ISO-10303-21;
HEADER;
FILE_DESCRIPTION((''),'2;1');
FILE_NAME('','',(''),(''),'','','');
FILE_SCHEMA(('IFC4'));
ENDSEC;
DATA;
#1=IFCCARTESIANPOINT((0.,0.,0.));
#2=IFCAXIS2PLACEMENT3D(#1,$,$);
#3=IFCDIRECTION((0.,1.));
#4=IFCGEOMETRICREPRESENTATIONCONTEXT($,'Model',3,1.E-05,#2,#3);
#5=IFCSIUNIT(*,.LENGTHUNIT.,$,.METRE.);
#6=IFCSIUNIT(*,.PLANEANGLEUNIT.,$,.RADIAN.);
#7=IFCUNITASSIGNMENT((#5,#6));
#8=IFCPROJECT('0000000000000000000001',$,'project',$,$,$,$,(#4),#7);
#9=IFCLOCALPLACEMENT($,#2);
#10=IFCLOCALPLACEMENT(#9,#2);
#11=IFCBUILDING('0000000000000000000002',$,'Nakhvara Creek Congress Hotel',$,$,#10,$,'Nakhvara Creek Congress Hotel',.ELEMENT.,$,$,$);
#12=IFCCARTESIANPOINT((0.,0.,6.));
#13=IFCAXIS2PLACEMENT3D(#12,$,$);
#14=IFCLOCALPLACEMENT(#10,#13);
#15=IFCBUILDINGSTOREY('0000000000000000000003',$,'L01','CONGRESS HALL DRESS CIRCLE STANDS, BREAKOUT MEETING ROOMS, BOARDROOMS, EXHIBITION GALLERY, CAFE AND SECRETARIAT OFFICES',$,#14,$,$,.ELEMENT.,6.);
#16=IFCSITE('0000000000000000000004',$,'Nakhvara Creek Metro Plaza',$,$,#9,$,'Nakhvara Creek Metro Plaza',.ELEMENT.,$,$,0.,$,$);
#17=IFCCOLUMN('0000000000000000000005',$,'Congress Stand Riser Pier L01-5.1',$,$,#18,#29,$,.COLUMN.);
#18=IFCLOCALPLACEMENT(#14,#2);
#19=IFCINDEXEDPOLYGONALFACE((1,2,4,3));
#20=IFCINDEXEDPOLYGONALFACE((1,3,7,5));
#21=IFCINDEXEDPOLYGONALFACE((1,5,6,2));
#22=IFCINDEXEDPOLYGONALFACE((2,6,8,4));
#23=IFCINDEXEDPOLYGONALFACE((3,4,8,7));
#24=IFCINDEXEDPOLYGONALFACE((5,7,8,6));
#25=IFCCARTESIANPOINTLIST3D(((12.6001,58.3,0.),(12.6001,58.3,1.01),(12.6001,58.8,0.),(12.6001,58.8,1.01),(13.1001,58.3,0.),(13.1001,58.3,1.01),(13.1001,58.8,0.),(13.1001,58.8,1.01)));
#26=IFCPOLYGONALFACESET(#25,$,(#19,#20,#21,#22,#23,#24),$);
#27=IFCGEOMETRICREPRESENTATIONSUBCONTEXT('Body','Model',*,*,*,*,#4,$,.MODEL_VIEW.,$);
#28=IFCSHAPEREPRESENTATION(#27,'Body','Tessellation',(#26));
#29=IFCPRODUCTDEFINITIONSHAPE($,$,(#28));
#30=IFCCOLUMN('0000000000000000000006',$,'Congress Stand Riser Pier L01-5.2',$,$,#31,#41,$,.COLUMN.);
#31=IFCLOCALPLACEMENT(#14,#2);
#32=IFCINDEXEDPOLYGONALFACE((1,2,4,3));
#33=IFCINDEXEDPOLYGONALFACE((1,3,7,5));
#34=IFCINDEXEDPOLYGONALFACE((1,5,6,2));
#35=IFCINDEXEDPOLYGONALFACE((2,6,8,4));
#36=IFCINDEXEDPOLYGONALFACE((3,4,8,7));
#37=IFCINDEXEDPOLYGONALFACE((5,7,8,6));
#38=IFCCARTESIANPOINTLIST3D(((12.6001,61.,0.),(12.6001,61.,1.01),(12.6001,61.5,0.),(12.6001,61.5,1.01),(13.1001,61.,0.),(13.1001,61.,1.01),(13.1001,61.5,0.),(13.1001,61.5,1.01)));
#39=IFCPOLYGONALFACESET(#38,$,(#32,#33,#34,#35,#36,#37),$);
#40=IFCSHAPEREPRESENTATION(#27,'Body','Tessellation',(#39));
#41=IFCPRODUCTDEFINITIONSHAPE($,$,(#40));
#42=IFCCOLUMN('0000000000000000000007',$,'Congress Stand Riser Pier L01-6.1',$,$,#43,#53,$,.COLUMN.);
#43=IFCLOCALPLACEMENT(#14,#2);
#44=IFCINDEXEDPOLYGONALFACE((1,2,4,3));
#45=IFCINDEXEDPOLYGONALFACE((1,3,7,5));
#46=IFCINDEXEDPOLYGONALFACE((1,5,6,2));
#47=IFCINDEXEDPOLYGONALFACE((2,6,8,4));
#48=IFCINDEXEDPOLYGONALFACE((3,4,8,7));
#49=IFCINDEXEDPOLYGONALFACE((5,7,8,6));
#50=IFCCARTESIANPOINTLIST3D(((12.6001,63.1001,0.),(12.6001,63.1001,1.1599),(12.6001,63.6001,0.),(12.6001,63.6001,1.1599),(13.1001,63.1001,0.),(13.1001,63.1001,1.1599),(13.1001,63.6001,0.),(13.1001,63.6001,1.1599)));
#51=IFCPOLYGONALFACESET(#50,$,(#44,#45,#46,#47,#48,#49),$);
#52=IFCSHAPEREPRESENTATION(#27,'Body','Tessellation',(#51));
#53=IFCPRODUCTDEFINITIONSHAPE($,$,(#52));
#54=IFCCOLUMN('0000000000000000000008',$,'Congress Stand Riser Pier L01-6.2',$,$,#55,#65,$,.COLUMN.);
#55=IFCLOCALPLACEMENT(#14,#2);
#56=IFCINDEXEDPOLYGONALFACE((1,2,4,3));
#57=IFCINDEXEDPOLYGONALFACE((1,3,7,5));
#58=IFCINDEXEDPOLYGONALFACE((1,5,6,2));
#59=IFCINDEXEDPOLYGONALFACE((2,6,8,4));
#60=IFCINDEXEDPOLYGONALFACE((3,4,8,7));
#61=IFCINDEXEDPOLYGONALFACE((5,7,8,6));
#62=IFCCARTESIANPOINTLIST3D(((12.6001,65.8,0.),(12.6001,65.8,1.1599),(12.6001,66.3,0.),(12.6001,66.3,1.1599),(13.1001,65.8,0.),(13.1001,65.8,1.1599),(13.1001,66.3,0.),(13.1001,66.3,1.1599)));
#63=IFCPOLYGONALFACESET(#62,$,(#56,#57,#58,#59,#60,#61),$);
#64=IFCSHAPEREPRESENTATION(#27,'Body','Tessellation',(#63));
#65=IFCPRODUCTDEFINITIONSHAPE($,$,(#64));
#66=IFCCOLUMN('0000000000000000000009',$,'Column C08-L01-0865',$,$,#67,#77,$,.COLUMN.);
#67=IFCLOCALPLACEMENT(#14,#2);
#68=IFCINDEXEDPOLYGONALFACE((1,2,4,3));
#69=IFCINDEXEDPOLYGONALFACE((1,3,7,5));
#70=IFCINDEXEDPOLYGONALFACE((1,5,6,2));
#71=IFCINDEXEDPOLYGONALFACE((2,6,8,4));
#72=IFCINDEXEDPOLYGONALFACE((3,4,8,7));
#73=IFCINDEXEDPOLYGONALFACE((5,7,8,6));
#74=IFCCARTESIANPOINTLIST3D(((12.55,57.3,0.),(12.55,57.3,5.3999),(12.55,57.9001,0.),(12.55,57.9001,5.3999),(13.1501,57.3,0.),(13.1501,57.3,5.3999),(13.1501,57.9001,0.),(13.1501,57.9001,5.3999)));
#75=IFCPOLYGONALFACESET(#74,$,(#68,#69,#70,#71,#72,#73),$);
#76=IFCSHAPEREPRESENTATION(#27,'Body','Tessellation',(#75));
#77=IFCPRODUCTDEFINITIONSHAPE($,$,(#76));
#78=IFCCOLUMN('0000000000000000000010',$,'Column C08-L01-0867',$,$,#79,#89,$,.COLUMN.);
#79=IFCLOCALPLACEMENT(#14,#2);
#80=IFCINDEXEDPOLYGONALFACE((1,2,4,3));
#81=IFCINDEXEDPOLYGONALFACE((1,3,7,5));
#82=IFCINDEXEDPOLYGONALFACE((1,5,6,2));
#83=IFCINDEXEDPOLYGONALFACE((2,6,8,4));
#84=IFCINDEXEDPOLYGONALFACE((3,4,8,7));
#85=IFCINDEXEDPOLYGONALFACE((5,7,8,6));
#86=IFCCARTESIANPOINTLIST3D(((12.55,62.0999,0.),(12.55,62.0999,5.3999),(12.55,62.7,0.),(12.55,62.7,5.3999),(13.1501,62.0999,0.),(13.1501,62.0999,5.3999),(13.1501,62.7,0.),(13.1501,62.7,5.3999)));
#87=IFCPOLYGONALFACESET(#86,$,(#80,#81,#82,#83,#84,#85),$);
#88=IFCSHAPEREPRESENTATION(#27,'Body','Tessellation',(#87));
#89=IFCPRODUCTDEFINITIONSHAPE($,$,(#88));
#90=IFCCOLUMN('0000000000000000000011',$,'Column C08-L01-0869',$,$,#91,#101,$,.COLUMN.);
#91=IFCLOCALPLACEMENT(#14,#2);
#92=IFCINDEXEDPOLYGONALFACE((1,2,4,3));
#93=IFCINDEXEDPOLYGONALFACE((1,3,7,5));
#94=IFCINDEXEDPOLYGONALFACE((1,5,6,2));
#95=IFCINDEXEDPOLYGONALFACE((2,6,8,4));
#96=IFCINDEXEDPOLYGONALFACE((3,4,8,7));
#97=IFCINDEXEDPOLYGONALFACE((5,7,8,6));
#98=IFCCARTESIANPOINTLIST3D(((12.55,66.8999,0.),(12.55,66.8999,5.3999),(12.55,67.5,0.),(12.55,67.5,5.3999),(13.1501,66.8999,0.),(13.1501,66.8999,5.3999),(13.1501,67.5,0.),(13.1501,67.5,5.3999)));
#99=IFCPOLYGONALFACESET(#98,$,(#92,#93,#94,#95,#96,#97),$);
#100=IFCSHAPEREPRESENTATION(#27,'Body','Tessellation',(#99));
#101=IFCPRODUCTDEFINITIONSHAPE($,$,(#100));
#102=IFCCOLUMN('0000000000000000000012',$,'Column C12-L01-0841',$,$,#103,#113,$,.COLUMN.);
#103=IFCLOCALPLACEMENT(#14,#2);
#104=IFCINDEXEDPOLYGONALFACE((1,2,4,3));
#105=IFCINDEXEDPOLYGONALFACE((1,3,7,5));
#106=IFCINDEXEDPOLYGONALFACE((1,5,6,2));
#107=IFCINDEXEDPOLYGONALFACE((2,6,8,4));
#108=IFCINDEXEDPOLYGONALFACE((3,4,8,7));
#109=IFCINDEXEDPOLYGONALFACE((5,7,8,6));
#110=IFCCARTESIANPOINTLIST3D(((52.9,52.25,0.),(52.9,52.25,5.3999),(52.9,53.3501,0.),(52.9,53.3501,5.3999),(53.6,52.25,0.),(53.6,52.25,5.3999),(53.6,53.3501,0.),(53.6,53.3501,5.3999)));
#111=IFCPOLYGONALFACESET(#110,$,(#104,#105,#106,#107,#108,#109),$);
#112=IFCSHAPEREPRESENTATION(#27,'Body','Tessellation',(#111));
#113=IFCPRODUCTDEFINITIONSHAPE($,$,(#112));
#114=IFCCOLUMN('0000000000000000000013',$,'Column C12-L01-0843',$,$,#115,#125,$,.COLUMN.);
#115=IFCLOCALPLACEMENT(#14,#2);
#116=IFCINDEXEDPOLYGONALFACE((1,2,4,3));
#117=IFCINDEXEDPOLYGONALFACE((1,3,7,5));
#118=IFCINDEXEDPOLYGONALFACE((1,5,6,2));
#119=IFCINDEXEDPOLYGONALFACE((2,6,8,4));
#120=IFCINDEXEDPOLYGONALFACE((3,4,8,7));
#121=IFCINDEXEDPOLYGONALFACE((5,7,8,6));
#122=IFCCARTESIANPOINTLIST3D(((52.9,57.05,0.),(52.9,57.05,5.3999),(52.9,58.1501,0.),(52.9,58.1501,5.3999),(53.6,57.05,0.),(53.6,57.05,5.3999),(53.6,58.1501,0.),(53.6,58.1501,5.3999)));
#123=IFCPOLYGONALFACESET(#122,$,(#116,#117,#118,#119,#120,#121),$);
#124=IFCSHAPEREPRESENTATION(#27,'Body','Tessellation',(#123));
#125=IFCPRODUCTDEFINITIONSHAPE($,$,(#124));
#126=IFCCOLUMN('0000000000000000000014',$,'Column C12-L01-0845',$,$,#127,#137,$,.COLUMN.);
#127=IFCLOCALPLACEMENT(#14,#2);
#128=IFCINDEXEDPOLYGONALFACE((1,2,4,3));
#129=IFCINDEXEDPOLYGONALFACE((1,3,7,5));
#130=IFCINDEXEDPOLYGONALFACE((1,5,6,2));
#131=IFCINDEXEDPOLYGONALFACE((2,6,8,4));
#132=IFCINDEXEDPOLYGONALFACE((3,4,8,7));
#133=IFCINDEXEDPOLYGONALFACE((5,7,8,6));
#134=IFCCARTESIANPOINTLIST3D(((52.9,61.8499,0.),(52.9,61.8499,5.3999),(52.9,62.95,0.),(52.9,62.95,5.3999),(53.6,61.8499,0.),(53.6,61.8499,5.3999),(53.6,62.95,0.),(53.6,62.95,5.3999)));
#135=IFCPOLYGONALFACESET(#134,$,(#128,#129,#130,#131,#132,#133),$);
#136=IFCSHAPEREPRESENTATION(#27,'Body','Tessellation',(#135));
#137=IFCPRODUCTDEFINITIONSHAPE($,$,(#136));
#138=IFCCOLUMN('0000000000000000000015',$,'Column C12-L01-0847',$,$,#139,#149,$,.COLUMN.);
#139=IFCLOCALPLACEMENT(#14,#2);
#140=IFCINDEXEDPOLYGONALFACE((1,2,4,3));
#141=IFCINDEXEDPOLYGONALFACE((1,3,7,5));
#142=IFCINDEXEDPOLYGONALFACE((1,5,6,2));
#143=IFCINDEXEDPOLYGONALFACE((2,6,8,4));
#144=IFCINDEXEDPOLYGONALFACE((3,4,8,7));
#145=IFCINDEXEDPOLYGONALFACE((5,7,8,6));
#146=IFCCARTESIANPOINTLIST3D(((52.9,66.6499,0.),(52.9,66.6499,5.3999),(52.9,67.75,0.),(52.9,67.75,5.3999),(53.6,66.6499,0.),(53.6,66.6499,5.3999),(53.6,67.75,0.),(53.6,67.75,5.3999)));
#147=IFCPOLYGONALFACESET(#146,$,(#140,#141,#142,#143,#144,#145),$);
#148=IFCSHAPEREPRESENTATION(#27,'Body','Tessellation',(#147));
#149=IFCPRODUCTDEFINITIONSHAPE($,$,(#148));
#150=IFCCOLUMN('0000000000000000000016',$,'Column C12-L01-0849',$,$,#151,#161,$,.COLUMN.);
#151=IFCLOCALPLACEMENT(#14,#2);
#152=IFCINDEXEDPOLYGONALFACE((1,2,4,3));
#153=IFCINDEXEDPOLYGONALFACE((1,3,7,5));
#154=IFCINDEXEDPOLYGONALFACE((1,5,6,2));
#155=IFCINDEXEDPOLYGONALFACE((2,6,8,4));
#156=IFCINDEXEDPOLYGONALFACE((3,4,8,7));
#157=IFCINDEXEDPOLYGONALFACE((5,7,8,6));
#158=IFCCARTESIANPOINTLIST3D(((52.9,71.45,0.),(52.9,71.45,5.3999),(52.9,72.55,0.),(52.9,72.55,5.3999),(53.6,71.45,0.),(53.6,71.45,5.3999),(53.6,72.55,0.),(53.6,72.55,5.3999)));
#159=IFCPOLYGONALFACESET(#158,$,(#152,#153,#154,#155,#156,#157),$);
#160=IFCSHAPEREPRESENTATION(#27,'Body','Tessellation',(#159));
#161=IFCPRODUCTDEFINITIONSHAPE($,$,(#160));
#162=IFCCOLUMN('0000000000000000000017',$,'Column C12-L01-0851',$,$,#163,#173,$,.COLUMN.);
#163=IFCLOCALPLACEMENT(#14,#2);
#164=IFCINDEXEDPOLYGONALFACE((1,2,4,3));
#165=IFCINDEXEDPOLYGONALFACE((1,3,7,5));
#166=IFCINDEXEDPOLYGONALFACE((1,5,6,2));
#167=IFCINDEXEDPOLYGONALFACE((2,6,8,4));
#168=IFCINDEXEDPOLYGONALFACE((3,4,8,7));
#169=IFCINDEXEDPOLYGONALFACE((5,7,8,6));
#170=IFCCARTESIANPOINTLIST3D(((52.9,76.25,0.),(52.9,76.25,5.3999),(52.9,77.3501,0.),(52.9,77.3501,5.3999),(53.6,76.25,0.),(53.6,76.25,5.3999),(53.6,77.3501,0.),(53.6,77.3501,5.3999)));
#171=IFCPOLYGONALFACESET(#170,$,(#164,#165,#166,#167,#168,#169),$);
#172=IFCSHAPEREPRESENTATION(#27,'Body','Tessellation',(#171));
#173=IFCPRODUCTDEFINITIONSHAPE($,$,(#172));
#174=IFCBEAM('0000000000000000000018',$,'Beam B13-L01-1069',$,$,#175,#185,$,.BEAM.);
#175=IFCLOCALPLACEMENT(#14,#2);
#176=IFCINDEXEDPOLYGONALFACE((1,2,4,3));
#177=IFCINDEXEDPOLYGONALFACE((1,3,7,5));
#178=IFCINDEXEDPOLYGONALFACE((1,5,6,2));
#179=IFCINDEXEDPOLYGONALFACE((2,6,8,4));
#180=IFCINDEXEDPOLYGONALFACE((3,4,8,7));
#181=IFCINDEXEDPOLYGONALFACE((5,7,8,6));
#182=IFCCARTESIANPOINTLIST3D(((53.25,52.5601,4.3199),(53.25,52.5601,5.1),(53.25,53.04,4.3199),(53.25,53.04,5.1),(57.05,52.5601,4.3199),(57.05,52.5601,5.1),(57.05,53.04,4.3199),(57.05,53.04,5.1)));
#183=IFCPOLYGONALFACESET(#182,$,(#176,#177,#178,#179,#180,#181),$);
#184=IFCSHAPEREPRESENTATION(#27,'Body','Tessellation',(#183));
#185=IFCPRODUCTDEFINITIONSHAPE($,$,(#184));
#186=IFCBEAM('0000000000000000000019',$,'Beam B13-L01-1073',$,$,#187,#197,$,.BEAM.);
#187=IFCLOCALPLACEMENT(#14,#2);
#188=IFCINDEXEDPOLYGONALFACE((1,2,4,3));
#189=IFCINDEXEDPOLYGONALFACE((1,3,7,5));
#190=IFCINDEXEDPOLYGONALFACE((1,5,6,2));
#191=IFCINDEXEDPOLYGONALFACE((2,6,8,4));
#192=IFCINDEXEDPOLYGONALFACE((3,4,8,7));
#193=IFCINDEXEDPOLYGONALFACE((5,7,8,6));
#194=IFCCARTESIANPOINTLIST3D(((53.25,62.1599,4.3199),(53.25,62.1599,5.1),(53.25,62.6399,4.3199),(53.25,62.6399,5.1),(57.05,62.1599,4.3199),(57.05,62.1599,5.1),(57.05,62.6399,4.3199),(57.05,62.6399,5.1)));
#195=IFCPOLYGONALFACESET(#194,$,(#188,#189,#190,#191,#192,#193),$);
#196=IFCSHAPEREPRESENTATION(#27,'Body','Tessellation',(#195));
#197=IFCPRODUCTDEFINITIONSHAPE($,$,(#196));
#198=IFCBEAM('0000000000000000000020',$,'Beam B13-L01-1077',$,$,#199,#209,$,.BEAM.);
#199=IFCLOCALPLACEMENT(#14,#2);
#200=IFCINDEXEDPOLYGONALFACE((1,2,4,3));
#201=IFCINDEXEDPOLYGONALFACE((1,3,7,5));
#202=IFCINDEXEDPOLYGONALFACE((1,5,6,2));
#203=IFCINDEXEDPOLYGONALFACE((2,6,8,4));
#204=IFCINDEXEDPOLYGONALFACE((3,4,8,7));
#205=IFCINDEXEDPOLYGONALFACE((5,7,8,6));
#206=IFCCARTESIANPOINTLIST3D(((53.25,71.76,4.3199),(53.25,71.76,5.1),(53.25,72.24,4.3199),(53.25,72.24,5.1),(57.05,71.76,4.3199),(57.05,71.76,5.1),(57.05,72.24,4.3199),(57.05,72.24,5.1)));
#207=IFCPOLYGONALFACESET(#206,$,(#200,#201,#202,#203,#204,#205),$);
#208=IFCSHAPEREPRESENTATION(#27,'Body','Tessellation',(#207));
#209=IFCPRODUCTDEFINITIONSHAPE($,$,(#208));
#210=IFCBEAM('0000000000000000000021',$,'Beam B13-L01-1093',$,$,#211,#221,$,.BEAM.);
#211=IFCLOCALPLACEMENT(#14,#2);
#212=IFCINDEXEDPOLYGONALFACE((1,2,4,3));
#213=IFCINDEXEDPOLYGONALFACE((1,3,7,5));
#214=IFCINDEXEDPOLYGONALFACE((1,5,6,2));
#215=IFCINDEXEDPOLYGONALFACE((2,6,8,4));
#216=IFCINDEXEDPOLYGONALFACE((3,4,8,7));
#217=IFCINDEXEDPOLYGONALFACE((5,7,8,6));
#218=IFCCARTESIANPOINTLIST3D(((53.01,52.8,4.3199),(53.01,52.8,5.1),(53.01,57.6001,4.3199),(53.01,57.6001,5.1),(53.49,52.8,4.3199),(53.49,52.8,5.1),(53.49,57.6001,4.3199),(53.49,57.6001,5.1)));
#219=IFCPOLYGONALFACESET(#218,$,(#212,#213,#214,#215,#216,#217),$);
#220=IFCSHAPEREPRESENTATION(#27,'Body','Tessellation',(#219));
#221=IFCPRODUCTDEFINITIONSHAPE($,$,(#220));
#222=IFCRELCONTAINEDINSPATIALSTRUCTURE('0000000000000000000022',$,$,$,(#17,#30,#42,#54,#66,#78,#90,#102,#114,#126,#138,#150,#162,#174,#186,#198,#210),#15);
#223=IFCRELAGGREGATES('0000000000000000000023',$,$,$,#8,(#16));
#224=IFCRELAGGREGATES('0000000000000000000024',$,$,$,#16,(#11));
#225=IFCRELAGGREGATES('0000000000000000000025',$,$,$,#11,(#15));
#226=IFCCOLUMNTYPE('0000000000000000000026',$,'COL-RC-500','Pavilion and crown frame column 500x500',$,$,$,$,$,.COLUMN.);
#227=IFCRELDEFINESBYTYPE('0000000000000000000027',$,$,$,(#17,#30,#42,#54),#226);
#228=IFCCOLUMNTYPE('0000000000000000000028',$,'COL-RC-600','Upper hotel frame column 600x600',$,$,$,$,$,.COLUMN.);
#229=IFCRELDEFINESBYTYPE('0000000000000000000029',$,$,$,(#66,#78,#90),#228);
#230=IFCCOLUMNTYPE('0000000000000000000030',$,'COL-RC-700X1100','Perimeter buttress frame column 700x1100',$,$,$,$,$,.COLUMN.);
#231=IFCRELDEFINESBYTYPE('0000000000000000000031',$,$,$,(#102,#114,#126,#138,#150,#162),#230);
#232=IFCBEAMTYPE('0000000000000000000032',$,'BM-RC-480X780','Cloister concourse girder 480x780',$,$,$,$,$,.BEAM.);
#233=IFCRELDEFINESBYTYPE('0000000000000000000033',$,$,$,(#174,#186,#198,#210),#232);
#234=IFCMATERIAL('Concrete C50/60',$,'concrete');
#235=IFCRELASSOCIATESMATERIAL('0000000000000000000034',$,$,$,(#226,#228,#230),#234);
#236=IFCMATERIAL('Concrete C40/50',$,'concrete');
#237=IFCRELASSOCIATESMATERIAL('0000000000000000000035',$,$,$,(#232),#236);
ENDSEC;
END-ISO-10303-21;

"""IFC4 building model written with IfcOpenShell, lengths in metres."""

from ifc_helpers import new_model, si_unit, direction, frame, origin, origin_2d, place, context, subcontext, project, spatial, rectangle, extrude, material, material_profile, profile_set, type_object, element, save


model = new_model("IFC4")

# Units and contexts
model_context = context("Model", 3, precision=1e-05, world=origin(), true_north=direction((0.0, 1.0)))
body_context = subcontext(model_context, "Body", "Model", "MODEL_VIEW")
ifc_project = project(units=[si_unit("LENGTHUNIT", "METRE"), si_unit("PLANEANGLEUNIT", "RADIAN")], contexts=[model_context])

# Site, building, storey
site_placement = place(None, origin())
site = spatial("IfcSite", under=ifc_project, at=site_placement, Name="Nakhvara Creek Metro Plaza", LongName="Nakhvara Creek Metro Plaza", CompositionType="ELEMENT", RefElevation=0.0)
building_placement = place(site_placement, origin())
building = spatial("IfcBuilding", under=site, at=building_placement, Name="Nakhvara Creek Congress Hotel", LongName="Nakhvara Creek Congress Hotel", CompositionType="ELEMENT")
storey_placement = place(building_placement, frame((0.0, 0.0, 6.0)))
storey = spatial("IfcBuildingStorey", under=building, at=storey_placement, Name="L01", Description="CONGRESS HALL DRESS CIRCLE STANDS, BREAKOUT MEETING ROOMS, BOARDROOMS, EXHIBITION GALLERY, CAFE AND SECRETARIAT OFFICES", CompositionType="ELEMENT", Elevation=6.0)

# Columns
ifc_material_1 = material(Name="Concrete C50/60", Category="concrete")
ifc_material_profile_1 = material_profile(ifc_material_1, rectangle(XDim=0.5, YDim=0.5, at=origin_2d()), Name="RC-COL 500x500", Category="LoadBearing")
ifc_profile_set_1 = profile_set([ifc_material_profile_1], Name="Concrete C50/60")
column_type_1 = type_object("IfcColumnType", Name="COL-RC-500", Description="Pavilion and crown frame column 500x500", PredefinedType="COLUMN", material=ifc_profile_set_1)
for number, where, z_axis, x_axis, name in (
    (1, (12.8501, 58.55, 0.0), (0.0, 0.0, 1.0), (1.0, 0.0, 0.0), "Congress Stand Riser Pier L01-5.1"),
    (2, (12.8501, 61.25, 0.0), (0.0, 0.0, 1.0), (1.0, 0.0, 0.0), "Congress Stand Riser Pier L01-5.2"),
):
    element("IfcColumn", number, at=place(storey_placement, frame(where, z_axis=z_axis, x_axis=x_axis)), inside=storey, type_object=column_type_1, Name=name, PredefinedType="COLUMN", context=body_context, shape_type="SweptSolid", body=[
        extrude(rectangle(XDim=0.5, YDim=0.5, at=origin_2d()), origin(), (0.0, 0.0, 1.0), 1.01),
    ])
for number, where, z_axis, x_axis, name in (
    (3, (12.8501, 63.3501, 0.0), (0.0, 0.0, 1.0), (1.0, 0.0, 0.0), "Congress Stand Riser Pier L01-6.1"),
    (4, (12.8501, 66.05, 0.0), (0.0, 0.0, 1.0), (1.0, 0.0, 0.0), "Congress Stand Riser Pier L01-6.2"),
):
    element("IfcColumn", number, at=place(storey_placement, frame(where, z_axis=z_axis, x_axis=x_axis)), inside=storey, type_object=column_type_1, Name=name, PredefinedType="COLUMN", context=body_context, shape_type="SweptSolid", body=[
        extrude(rectangle(XDim=0.5, YDim=0.5, at=origin_2d()), origin(), (0.0, 0.0, 1.0), 1.1599),
    ])
ifc_material_profile_2 = material_profile(ifc_material_1, rectangle(XDim=0.6001, YDim=0.6001, at=origin_2d()), Name="RC-COL 600x600", Category="LoadBearing")
ifc_profile_set_2 = profile_set([ifc_material_profile_2], Name="Concrete C50/60")
column_type_2 = type_object("IfcColumnType", Name="COL-RC-600", Description="Upper hotel frame column 600x600", PredefinedType="COLUMN", material=ifc_profile_set_2)
for number, where, z_axis, x_axis, name in (
    (5, (12.8501, 57.6001, 0.0), (0.0, 0.0, 1.0), (1.0, 0.0, 0.0), "Column C08-L01-0865"),
    (6, (12.8501, 62.3999, 0.0), (0.0, 0.0, 1.0), (1.0, 0.0, 0.0), "Column C08-L01-0867"),
    (7, (12.8501, 67.2, 0.0), (0.0, 0.0, 1.0), (1.0, 0.0, 0.0), "Column C08-L01-0869"),
):
    element("IfcColumn", number, at=place(storey_placement, frame(where, z_axis=z_axis, x_axis=x_axis)), inside=storey, type_object=column_type_2, Name=name, PredefinedType="COLUMN", context=body_context, shape_type="SweptSolid", body=[
        extrude(rectangle(XDim=0.6001, YDim=0.6001, at=origin_2d()), origin(), (0.0, 0.0, 1.0), 5.3999),
    ])
ifc_material_profile_3 = material_profile(ifc_material_1, rectangle(XDim=0.7, YDim=1.1001, at=origin_2d()), Name="RC-COL 700x1100", Category="LoadBearing")
ifc_profile_set_3 = profile_set([ifc_material_profile_3], Name="Concrete C50/60")
column_type_3 = type_object("IfcColumnType", Name="COL-RC-700X1100", Description="Perimeter buttress frame column 700x1100", PredefinedType="COLUMN", material=ifc_profile_set_3)
for number, where, z_axis, x_axis, name in (
    (8, (53.25, 52.8, 0.0), (0.0, 0.0, 1.0), (1.0, 0.0, 0.0), "Column C12-L01-0841"),
    (9, (53.25, 57.6001, 0.0), (0.0, 0.0, 1.0), (1.0, 0.0, 0.0), "Column C12-L01-0843"),
    (10, (53.25, 62.3999, 0.0), (0.0, 0.0, 1.0), (1.0, 0.0, 0.0), "Column C12-L01-0845"),
    (11, (53.25, 67.2, 0.0), (0.0, 0.0, 1.0), (1.0, 0.0, 0.0), "Column C12-L01-0847"),
    (12, (53.25, 72.0, 0.0), (0.0, 0.0, 1.0), (1.0, 0.0, 0.0), "Column C12-L01-0849"),
    (13, (53.25, 76.8, 0.0), (0.0, 0.0, 1.0), (1.0, 0.0, 0.0), "Column C12-L01-0851"),
):
    element("IfcColumn", number, at=place(storey_placement, frame(where, z_axis=z_axis, x_axis=x_axis)), inside=storey, type_object=column_type_3, Name=name, PredefinedType="COLUMN", context=body_context, shape_type="SweptSolid", body=[
        extrude(rectangle(XDim=0.7, YDim=1.1001, at=origin_2d()), origin(), (0.0, 0.0, 1.0), 5.3999),
    ])

# Beams
ifc_material_2 = material(Name="Concrete C40/50", Category="concrete")
ifc_material_profile_4 = material_profile(ifc_material_2, rectangle(XDim=0.48, YDim=0.78, at=origin_2d()), Name="RC-BM 480x780", Category="LoadBearing")
ifc_profile_set_4 = profile_set([ifc_material_profile_4], Name="Concrete C40/50")
beam_type_1 = type_object("IfcBeamType", Name="BM-RC-480X780", Description="Cloister concourse girder 480x780", PredefinedType="BEAM", material=ifc_profile_set_4)
for number, where, z_axis, x_axis, name in (
    (14, (53.25, 52.8, 4.71), (1.0, 0.0, 0.0), (0.0, 1.0, 0.0), "Beam B13-L01-1069"),
    (15, (53.25, 62.3999, 4.71), (1.0, 0.0, 0.0), (0.0, 1.0, 0.0), "Beam B13-L01-1073"),
    (16, (53.25, 72.0, 4.71), (1.0, 0.0, 0.0), (0.0, 1.0, 0.0), "Beam B13-L01-1077"),
):
    element("IfcBeam", number, at=place(storey_placement, frame(where, z_axis=z_axis, x_axis=x_axis)), inside=storey, type_object=beam_type_1, Name=name, PredefinedType="BEAM", context=body_context, shape_type="SweptSolid", body=[
        extrude(rectangle(XDim=0.48, YDim=0.78, at=origin_2d()), origin(), (0.0, 0.0, 1.0), 3.8),
    ])
beam_1_placement = place(storey_placement, frame((53.25, 52.8, 4.71), z_axis=(0.0, 1.0, 0.0), x_axis=(-1.0, 0.0, 0.0)))
element("IfcBeam", 17, at=beam_1_placement, inside=storey, type_object=beam_type_1, Name="Beam B13-L01-1093", PredefinedType="BEAM", context=body_context, shape_type="SweptSolid", body=[
    extrude(rectangle(XDim=0.48, YDim=0.78, at=origin_2d()), origin(), (0.0, 0.0, 1.0), 4.8),
])

save(model, "model.ifc")
